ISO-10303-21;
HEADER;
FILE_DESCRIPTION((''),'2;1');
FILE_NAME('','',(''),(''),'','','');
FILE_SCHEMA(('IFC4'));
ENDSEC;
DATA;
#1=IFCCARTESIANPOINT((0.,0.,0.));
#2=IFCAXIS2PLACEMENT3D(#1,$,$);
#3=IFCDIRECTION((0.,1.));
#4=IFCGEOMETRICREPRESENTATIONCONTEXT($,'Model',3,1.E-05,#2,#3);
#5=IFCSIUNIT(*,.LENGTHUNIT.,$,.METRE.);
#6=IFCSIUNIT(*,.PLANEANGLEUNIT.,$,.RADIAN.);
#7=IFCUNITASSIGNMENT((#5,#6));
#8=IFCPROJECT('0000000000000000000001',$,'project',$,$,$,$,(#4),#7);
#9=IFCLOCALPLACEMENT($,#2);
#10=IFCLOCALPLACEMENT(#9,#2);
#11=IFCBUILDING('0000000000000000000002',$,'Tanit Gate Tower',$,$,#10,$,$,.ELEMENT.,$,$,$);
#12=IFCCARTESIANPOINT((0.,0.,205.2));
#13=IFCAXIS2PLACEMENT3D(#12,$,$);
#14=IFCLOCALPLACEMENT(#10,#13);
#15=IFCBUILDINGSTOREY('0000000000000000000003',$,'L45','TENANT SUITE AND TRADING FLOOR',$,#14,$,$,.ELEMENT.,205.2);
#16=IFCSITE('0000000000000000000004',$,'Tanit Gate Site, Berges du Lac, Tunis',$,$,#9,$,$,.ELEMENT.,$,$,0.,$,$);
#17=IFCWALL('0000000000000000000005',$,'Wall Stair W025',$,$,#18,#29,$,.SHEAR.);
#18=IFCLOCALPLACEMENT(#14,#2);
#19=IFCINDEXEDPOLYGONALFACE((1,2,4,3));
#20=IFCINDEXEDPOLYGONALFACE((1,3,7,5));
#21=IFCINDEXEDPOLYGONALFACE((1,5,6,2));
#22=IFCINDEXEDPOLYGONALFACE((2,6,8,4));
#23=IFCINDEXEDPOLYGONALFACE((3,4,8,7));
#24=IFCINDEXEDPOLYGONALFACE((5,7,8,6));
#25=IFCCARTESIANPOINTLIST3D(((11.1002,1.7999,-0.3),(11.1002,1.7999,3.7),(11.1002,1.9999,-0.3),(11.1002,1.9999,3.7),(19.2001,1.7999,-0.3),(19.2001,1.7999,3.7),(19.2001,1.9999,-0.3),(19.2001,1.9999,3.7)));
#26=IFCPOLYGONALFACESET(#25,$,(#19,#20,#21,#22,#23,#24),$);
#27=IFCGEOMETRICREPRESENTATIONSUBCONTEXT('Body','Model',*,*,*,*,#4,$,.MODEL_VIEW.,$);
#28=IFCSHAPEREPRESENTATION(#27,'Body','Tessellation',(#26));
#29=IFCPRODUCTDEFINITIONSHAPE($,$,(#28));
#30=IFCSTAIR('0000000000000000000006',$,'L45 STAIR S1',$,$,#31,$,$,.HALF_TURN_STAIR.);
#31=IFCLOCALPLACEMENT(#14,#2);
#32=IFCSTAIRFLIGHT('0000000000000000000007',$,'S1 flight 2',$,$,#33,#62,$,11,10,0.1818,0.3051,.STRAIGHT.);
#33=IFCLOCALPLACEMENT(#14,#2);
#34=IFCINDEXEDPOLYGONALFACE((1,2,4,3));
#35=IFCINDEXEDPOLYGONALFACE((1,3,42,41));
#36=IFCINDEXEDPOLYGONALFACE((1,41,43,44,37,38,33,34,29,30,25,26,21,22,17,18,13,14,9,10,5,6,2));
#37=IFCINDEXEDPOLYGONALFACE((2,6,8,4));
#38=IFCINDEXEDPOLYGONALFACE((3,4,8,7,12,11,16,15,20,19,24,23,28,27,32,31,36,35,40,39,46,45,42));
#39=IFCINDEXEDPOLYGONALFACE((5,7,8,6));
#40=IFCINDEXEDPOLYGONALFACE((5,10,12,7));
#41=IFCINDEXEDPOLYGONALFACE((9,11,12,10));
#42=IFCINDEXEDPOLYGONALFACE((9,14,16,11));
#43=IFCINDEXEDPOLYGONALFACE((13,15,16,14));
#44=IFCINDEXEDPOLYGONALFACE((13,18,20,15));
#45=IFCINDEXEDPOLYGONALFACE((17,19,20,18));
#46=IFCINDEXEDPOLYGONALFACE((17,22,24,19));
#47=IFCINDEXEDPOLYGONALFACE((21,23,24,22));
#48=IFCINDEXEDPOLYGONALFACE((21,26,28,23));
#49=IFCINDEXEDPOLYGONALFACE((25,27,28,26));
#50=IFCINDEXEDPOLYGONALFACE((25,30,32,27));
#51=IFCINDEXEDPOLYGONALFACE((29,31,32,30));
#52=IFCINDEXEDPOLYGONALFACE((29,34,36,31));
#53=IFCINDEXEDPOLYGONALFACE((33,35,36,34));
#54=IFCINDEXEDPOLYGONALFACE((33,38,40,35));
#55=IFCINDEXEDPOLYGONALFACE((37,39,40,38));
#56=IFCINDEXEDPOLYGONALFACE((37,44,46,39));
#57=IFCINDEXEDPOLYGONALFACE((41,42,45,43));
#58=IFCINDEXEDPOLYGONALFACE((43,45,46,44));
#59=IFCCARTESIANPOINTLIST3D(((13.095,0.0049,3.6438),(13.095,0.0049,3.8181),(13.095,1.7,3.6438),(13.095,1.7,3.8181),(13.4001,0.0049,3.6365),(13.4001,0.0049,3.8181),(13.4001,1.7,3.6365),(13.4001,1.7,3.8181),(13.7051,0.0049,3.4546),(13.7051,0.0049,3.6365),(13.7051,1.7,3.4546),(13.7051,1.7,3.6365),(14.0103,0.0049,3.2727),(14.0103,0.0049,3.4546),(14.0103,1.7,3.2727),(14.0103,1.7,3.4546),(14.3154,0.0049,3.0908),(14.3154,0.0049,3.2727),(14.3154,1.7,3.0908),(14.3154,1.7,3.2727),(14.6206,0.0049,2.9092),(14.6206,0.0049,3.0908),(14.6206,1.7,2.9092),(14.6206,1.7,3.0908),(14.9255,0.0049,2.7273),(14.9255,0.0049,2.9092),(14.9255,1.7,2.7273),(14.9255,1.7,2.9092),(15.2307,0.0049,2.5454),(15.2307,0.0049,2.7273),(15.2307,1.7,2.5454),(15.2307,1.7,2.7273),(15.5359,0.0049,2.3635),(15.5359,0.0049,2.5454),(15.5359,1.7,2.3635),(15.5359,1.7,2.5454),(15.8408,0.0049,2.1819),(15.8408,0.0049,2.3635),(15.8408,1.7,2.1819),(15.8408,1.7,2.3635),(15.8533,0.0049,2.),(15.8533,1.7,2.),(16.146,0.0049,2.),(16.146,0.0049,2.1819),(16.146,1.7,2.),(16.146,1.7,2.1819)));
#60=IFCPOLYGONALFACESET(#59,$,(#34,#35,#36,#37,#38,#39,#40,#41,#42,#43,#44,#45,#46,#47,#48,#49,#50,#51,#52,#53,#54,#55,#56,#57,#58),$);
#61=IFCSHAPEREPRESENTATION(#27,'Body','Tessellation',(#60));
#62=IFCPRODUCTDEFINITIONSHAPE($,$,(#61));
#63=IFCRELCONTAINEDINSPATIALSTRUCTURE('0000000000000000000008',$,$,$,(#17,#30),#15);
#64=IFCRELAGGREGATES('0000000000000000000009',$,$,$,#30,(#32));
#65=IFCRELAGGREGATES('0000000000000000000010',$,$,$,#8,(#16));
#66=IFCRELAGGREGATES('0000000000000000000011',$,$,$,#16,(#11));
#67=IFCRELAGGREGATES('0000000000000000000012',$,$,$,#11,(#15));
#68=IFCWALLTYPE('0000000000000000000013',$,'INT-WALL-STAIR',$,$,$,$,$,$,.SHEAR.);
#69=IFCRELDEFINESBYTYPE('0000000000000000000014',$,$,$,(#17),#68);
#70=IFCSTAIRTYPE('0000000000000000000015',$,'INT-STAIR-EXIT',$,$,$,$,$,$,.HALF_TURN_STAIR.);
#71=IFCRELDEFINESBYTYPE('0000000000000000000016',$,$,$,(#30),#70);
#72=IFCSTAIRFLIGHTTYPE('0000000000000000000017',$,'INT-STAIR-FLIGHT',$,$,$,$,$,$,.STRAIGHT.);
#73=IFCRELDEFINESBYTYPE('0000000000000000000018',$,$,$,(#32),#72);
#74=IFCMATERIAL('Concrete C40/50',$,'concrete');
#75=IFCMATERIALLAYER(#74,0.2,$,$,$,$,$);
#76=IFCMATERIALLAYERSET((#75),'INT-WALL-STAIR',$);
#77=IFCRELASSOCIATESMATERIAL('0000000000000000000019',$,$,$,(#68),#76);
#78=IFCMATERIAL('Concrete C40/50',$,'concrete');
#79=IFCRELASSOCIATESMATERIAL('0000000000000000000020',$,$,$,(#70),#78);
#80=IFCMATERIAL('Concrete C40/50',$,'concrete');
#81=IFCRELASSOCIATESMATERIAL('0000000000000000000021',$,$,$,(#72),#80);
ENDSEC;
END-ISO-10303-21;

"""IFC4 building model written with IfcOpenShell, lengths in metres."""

from ifc_helpers import new_model, si_unit, direction, frame, frame_2d, origin, place, context, subcontext, project, spatial, polyline, rectangle, outline, extrude, material, layer, layer_set, type_object, element, aggregate, save


model = new_model("IFC4")

# Units and contexts
model_context = context("Model", 3, precision=1e-05, world=origin(), true_north=direction((0.0, 1.0)))
body_context = subcontext(model_context, "Body", "Model", "MODEL_VIEW")
ifc_project = project(units=[si_unit("LENGTHUNIT", "METRE"), si_unit("PLANEANGLEUNIT", "RADIAN")], contexts=[model_context])

# Site, building, storey
site_placement = place(None, origin())
site = spatial("IfcSite", under=ifc_project, at=site_placement, Name="Tanit Gate Site, Berges du Lac, Tunis", CompositionType="ELEMENT", RefElevation=0.0)
building_placement = place(site_placement, origin())
building = spatial("IfcBuilding", under=site, at=building_placement, Name="Tanit Gate Tower", CompositionType="ELEMENT")
storey_placement = place(building_placement, frame((0.0, 0.0, 205.2)))
storey = spatial("IfcBuildingStorey", under=building, at=storey_placement, Name="L45", Description="TENANT SUITE AND TRADING FLOOR", CompositionType="ELEMENT", Elevation=205.2)

# Wall
ifc_material_1 = material(Name="Concrete C40/50", Category="concrete")
ifc_layer_1 = layer(ifc_material_1, 0.2)
ifc_layer_set_1 = layer_set([ifc_layer_1], Name="INT-WALL-STAIR")
wall_type_1 = type_object("IfcWallType", Name="INT-WALL-STAIR", PredefinedType="SHEAR", material=ifc_layer_set_1)
wall_1_placement = place(storey_placement, frame((19.2, 1.8999, -0.3), z_axis=(0.0, 0.0, 1.0), x_axis=(-1.0, 0.0, 0.0)))
element("IfcWall", 1, at=wall_1_placement, inside=storey, type_object=wall_type_1, Name="Wall Stair W025", PredefinedType="SHEAR", context=body_context, shape_type="SweptSolid", body=[
    extrude(rectangle(XDim=8.0999, YDim=0.2, at=frame_2d((4.0498, 0.0))), origin(), (0.0, 0.0, 1.0), 4.0),
])

# Stair, stair flight
ifc_material_2 = material(Name="Concrete C40/50", Category="concrete")
stair_type = type_object("IfcStairType", Name="INT-STAIR-EXIT", PredefinedType="HALF_TURN_STAIR", material=ifc_material_2)
stair_placement = place(storey_placement, origin())
stair = element("IfcStair", 2, at=stair_placement, inside=storey, type_object=stair_type, Name="L45 STAIR S1", PredefinedType="HALF_TURN_STAIR")
ifc_material_3 = material(Name="Concrete C40/50", Category="concrete")
stair_flight_type = type_object("IfcStairFlightType", Name="INT-STAIR-FLIGHT", PredefinedType="STRAIGHT", material=ifc_material_3)
stair_flight_placement = place(storey_placement, frame((16.146, 0.8525, 2.0), z_axis=(0.0, 0.0, 1.0), x_axis=(-1.0, 0.0, 0.0)))
stair_flight = element("IfcStairFlight", 3, at=stair_flight_placement, type_object=stair_flight_type, Name="S1 flight 2", NumberOfRisers=11, NumberOfTreads=10, PredefinedType="STRAIGHT", RiserHeight=0.1818, TreadLength=0.3051, context=body_context, shape_type="SweptSolid", body=[
    extrude(outline(polyline([(0.0, 0.0), (0.0, 0.1819), (0.3052, 0.1819), (0.3052, 0.3635), (0.6101, 0.3635), (0.6101, 0.5454), (0.9153, 0.5454), (0.9153, 0.7273), (1.2205, 0.7273), (1.2205, 0.9092), (1.5254, 0.9092), (1.5254, 1.0908), (1.8306, 1.0908), (1.8306, 1.2727), (2.1357, 1.2727), (2.1357, 1.4546), (2.4409, 1.4546), (2.4409, 1.6365), (2.7458, 1.6365), (2.7458, 1.8181), (3.051, 1.8181), (3.051, 2.0), (3.051, 1.6438), (0.2927, 0.0), (0.0, 0.0)])), frame((0.0, 0.8477, 0.0), z_axis=(0.0, -1.0, 0.0), x_axis=(1.0, 0.0, 0.0)), (0.0, 0.0, 1.0), 1.6951),
])
aggregate(stair, [stair_flight])

save(model, "model.ifc")
